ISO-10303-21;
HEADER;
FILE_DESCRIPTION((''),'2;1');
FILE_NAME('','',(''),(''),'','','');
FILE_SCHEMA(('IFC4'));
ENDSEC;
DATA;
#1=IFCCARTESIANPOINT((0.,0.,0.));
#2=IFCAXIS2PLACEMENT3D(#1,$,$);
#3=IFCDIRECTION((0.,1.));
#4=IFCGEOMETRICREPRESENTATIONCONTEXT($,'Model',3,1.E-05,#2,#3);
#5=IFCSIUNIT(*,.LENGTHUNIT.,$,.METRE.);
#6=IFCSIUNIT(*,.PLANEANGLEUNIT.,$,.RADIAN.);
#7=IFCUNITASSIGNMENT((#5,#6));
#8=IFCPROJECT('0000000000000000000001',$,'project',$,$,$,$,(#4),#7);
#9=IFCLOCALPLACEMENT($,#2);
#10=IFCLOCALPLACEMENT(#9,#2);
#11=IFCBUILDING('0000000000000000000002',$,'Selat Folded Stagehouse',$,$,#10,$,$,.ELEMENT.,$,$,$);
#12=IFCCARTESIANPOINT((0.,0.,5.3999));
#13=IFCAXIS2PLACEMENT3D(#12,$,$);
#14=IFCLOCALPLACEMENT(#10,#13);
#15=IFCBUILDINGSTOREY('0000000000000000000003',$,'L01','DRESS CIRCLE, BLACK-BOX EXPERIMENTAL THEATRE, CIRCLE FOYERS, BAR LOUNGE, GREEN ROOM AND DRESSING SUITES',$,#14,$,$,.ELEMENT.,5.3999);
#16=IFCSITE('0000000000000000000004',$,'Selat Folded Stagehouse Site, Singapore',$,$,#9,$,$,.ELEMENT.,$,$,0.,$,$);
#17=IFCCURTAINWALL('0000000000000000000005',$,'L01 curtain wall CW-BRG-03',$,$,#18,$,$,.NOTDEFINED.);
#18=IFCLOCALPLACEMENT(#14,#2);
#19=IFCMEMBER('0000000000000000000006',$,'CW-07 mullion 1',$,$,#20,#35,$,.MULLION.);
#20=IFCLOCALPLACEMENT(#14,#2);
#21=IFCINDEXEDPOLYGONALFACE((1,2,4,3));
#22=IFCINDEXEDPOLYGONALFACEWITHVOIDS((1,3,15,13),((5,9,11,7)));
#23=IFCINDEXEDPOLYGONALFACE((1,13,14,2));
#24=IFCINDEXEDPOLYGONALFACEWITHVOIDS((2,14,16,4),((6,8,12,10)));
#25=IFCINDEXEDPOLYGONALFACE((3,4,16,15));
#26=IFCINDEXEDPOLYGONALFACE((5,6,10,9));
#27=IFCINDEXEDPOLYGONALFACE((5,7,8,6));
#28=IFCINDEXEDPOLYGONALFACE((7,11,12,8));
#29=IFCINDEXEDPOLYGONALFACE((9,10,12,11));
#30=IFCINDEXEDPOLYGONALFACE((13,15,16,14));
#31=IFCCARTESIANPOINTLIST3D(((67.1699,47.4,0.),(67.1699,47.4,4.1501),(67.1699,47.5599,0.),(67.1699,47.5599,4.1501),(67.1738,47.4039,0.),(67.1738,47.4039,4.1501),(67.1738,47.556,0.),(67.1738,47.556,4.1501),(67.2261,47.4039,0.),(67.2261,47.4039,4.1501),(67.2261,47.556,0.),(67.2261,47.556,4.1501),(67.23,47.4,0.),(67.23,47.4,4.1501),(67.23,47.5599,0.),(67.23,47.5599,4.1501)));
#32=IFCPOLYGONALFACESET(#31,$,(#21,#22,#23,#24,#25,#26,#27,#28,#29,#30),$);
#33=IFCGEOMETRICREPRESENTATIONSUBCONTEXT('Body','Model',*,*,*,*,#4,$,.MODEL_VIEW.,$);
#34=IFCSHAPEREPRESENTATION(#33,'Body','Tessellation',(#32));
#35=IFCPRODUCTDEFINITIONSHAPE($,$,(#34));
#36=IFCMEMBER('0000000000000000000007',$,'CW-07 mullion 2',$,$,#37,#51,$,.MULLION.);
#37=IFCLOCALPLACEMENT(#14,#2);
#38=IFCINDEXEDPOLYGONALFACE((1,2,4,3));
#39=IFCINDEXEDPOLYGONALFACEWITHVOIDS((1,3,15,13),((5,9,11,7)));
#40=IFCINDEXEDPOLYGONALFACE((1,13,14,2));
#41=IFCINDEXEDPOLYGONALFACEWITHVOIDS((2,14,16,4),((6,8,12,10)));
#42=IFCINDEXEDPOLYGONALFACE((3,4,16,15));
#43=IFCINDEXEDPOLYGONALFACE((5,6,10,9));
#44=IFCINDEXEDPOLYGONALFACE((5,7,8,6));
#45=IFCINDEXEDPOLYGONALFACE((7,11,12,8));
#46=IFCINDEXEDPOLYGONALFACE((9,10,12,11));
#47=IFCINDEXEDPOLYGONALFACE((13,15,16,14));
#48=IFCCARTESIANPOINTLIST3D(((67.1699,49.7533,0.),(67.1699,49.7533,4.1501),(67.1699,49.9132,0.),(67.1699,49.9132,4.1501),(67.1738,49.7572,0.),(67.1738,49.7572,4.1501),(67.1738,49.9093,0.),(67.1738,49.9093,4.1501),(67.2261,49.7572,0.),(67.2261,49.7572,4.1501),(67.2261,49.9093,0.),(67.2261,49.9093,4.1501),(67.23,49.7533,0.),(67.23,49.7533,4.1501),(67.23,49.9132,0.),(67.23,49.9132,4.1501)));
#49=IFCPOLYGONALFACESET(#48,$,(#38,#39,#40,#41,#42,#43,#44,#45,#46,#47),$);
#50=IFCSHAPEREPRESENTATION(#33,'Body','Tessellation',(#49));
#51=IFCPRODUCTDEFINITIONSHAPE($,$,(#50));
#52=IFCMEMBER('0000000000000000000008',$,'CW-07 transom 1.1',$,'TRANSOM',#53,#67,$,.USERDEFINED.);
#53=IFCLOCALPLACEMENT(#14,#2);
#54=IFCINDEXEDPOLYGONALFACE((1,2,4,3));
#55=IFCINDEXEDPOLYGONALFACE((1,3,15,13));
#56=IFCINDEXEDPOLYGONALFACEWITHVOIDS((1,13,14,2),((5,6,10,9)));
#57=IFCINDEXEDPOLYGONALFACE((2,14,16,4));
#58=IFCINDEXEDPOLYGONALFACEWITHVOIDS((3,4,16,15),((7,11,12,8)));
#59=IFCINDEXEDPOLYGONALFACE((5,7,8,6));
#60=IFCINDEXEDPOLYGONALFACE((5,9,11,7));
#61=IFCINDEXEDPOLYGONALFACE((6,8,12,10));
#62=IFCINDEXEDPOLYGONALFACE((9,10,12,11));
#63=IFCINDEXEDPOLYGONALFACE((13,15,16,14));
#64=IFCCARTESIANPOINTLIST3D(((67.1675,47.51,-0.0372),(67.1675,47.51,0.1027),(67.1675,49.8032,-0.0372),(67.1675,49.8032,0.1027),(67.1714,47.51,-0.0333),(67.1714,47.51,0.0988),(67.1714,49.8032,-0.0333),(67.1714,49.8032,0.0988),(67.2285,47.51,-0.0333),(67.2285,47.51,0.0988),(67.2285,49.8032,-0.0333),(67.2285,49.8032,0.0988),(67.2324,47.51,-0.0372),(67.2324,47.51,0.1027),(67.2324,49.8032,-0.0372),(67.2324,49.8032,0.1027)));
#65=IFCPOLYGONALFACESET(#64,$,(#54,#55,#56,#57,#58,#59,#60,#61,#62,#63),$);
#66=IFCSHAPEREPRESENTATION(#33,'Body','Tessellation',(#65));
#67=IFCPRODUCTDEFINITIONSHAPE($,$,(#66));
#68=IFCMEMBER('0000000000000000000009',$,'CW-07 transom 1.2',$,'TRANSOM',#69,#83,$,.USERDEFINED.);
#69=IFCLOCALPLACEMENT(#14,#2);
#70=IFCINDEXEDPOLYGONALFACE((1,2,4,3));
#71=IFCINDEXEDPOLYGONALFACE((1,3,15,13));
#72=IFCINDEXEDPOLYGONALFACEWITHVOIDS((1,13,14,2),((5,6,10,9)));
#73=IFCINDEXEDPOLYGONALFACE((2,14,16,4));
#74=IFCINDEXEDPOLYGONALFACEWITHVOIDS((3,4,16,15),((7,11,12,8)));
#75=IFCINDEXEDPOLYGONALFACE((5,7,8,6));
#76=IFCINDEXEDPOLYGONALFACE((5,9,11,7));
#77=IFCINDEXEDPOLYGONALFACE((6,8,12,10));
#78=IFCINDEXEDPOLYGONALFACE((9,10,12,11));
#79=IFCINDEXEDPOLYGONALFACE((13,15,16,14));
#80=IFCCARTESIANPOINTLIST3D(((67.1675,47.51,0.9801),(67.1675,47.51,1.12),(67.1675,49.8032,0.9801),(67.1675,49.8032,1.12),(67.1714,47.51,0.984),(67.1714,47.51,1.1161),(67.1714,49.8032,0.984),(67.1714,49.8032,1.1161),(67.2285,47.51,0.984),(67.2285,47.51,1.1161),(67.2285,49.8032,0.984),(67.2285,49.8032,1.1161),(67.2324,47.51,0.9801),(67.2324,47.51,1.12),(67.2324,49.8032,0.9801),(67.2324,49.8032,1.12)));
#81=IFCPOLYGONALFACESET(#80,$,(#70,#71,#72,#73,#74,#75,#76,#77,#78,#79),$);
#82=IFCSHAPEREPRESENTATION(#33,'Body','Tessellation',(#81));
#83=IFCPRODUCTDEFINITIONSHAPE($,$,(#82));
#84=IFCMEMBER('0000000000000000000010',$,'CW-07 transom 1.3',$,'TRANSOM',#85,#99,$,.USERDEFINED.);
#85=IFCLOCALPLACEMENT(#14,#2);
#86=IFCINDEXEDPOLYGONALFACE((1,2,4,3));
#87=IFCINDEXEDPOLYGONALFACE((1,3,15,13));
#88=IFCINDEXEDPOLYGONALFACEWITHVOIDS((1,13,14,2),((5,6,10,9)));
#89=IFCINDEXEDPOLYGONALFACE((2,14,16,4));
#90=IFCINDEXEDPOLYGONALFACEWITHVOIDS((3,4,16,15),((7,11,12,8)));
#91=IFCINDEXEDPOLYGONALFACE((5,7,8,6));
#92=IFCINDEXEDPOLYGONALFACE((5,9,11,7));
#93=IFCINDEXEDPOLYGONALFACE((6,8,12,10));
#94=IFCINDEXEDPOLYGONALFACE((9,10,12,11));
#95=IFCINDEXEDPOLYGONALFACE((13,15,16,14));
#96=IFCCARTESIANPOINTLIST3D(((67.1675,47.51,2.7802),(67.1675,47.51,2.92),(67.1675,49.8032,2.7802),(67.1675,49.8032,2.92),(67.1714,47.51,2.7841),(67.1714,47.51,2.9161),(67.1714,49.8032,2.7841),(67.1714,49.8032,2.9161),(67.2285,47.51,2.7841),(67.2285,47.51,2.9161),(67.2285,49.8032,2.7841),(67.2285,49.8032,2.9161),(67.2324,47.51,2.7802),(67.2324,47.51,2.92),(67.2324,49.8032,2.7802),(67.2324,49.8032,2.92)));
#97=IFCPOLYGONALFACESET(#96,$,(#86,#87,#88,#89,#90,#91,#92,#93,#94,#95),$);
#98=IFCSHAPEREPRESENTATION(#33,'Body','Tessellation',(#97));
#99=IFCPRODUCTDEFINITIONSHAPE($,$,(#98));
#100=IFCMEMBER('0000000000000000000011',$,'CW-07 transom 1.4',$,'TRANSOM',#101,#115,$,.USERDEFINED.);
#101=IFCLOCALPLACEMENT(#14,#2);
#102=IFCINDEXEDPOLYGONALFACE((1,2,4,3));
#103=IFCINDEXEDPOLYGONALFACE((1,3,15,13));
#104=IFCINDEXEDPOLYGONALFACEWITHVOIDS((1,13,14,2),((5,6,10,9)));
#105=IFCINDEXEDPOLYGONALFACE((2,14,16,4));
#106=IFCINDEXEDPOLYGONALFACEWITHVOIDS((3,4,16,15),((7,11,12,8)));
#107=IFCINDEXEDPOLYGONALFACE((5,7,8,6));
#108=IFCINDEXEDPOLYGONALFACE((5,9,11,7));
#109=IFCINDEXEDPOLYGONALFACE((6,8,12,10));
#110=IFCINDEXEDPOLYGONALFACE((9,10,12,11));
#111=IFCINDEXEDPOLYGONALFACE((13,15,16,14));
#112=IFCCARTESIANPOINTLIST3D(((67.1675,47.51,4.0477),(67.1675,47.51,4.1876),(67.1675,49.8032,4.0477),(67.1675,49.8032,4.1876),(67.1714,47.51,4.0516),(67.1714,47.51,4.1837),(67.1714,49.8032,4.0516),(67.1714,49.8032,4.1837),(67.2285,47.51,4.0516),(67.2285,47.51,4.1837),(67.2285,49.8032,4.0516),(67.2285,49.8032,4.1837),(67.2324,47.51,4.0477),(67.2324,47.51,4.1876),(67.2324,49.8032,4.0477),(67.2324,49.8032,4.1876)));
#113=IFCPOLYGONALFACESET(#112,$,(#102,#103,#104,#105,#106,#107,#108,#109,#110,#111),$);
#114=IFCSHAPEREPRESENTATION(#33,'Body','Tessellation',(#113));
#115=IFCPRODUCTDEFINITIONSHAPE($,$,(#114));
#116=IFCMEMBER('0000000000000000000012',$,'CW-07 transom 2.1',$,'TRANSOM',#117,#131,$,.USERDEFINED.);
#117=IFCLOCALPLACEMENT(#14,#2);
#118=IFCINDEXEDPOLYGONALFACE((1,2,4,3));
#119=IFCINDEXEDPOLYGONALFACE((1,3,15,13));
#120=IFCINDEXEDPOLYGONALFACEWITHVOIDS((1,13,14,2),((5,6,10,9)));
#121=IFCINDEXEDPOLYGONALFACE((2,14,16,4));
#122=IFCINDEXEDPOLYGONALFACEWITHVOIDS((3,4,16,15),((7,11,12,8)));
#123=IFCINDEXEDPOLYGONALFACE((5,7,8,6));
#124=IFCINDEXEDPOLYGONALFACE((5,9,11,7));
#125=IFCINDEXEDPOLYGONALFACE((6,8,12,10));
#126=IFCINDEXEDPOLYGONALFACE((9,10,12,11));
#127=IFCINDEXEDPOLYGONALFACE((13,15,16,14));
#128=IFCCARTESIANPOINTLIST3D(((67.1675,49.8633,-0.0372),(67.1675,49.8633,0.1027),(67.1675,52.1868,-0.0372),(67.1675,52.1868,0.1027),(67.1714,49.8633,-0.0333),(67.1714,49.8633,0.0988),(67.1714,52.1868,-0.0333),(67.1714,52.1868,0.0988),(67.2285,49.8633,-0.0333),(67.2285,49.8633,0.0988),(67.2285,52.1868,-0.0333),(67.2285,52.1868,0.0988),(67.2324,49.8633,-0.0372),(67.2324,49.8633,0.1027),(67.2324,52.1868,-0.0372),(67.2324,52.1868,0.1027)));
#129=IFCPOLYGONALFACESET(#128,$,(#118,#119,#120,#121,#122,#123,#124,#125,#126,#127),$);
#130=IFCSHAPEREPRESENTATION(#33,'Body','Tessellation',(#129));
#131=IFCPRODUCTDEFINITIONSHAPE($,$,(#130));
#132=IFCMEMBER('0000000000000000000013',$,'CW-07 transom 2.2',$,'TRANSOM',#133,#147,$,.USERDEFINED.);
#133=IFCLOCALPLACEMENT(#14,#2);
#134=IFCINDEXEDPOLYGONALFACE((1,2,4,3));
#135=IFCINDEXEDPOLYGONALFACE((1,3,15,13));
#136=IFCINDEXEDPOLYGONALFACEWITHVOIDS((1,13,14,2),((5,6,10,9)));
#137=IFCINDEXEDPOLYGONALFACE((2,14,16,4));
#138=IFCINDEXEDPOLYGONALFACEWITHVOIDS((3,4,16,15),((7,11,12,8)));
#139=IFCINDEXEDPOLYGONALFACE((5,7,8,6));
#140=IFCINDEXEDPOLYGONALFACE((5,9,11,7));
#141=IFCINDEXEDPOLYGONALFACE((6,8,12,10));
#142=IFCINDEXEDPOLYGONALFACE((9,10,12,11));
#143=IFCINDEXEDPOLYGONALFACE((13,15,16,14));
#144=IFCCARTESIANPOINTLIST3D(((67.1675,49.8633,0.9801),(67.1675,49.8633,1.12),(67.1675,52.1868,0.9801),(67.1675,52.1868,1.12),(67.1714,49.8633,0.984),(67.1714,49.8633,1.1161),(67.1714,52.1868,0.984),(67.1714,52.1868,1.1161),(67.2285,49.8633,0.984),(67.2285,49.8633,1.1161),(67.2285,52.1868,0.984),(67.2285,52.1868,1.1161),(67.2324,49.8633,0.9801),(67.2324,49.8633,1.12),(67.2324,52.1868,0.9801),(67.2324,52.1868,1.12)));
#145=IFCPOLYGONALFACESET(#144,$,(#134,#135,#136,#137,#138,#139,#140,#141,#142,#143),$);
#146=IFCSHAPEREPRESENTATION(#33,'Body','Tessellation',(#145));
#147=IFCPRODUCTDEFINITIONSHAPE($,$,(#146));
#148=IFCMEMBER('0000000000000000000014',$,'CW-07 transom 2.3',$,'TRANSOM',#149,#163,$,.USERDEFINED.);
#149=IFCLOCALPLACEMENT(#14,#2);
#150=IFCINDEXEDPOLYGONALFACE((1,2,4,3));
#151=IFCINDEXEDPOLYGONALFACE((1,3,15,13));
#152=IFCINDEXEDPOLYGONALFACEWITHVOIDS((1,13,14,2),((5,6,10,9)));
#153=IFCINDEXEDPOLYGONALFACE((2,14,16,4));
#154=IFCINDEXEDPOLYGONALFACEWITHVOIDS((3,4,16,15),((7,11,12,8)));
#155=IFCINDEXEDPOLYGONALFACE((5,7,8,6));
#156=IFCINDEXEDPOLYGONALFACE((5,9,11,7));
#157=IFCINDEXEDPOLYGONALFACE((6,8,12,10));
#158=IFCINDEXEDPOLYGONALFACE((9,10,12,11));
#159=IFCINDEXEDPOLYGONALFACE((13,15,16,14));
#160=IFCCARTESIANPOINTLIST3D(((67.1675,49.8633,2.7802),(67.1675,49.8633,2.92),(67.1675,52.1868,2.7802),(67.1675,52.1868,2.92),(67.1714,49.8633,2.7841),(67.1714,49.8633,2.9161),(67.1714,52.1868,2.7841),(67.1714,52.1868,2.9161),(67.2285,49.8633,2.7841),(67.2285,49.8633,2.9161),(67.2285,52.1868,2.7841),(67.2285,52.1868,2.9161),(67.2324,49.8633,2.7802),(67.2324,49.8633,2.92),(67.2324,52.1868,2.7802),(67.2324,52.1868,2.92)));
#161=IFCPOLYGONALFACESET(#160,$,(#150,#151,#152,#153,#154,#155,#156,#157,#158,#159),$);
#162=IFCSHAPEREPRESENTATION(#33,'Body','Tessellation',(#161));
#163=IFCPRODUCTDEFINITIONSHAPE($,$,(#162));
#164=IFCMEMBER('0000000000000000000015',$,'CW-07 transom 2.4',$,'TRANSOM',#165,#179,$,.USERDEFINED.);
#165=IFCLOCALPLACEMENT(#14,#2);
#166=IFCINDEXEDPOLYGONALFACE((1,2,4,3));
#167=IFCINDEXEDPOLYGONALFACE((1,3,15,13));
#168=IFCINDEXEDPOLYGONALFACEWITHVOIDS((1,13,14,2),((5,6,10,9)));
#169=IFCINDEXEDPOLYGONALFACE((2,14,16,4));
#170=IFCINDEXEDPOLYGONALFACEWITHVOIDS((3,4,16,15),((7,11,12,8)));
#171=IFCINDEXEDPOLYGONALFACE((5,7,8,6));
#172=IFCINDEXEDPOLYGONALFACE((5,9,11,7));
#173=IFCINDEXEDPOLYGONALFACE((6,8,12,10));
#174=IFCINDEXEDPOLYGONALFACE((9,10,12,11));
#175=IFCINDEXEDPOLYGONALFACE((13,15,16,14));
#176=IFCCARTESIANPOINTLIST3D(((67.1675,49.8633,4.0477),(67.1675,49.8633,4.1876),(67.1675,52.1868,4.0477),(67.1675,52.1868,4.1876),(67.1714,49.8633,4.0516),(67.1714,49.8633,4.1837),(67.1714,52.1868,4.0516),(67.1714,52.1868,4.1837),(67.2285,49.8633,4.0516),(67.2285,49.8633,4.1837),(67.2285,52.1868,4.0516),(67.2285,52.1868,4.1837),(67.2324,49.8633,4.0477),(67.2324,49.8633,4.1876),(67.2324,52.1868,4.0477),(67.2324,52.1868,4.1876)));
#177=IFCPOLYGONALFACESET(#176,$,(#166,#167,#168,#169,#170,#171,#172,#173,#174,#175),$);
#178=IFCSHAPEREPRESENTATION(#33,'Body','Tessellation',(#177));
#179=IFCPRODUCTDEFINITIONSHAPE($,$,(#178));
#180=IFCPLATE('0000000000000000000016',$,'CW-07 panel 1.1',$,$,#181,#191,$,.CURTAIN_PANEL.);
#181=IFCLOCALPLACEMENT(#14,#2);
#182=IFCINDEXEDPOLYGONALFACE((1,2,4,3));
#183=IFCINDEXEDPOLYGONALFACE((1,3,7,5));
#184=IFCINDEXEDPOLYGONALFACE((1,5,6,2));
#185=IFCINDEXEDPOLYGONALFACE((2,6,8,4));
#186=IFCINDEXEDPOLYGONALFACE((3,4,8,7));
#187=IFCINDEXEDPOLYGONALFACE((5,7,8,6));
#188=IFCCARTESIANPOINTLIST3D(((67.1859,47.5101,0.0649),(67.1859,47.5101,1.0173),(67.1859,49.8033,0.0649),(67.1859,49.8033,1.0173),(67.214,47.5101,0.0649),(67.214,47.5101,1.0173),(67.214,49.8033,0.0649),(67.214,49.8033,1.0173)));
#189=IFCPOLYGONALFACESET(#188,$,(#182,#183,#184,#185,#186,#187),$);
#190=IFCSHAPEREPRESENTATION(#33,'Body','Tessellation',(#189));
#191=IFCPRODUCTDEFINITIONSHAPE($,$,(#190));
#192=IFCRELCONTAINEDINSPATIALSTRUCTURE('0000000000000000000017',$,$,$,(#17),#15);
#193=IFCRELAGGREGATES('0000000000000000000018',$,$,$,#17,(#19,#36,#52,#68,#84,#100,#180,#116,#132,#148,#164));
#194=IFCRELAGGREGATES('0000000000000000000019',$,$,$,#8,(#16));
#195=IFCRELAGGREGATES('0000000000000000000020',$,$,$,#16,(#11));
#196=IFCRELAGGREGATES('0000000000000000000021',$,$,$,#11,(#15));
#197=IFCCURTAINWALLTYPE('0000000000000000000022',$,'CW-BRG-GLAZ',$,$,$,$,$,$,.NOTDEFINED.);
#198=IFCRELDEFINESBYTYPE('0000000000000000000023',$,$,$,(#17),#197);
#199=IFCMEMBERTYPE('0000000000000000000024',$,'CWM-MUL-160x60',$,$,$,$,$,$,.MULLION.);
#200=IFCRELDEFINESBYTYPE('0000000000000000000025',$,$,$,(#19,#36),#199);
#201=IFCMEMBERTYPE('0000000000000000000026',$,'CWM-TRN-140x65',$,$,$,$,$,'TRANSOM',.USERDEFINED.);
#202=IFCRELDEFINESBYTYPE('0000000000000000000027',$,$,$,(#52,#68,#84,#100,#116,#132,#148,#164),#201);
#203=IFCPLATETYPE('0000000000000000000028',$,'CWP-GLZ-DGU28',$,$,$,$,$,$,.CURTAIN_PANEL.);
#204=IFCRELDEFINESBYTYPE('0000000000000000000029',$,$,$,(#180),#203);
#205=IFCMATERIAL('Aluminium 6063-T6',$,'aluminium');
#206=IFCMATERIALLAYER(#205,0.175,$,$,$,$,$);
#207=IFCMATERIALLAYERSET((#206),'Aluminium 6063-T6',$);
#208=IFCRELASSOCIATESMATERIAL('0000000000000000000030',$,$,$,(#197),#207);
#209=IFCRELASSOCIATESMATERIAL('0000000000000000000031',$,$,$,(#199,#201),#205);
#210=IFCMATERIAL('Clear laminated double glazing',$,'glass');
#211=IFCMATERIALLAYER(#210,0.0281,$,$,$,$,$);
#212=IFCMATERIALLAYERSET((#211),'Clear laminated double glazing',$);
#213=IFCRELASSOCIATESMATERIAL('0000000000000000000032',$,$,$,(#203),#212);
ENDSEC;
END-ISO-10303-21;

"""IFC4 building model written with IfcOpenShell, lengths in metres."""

from ifc_helpers import new_model, si_unit, direction, frame, origin, origin_2d, place, context, subcontext, project, spatial, rectangle, hollow_rectangle, extrude, material, layer, layer_set, material_profile, profile_set, type_object, element, aggregate, save


model = new_model("IFC4")

# Units and contexts
model_context = context("Model", 3, precision=1e-05, world=origin(), true_north=direction((0.0, 1.0)))
body_context = subcontext(model_context, "Body", "Model", "MODEL_VIEW")
ifc_project = project(units=[si_unit("LENGTHUNIT", "METRE"), si_unit("PLANEANGLEUNIT", "RADIAN")], contexts=[model_context])

# Site, building, storey
site_placement = place(None, origin())
site = spatial("IfcSite", under=ifc_project, at=site_placement, Name="Selat Folded Stagehouse Site, Singapore", CompositionType="ELEMENT", RefElevation=0.0)
building_placement = place(site_placement, origin())
building = spatial("IfcBuilding", under=site, at=building_placement, Name="Selat Folded Stagehouse", CompositionType="ELEMENT")
storey_placement = place(building_placement, frame((0.0, 0.0, 5.3999)))
storey = spatial("IfcBuildingStorey", under=building, at=storey_placement, Name="L01", Description="DRESS CIRCLE, BLACK-BOX EXPERIMENTAL THEATRE, CIRCLE FOYERS, BAR LOUNGE, GREEN ROOM AND DRESSING SUITES", CompositionType="ELEMENT", Elevation=5.3999)

# Curtain wall, members, plate
ifc_material_1 = material(Name="Aluminium 6063-T6", Category="aluminium")
ifc_layer_1 = layer(ifc_material_1, 0.175)
ifc_layer_set_1 = layer_set([ifc_layer_1], Name="Aluminium 6063-T6")
curtain_wall_type = type_object("IfcCurtainWallType", Name="CW-BRG-GLAZ", PredefinedType="NOTDEFINED", material=ifc_layer_set_1)
curtain_wall_placement = place(storey_placement, origin())
curtain_wall = element("IfcCurtainWall", 1, at=curtain_wall_placement, inside=storey, type_object=curtain_wall_type, Name="L01 curtain wall CW-BRG-03", PredefinedType="NOTDEFINED")
ifc_material_profile_1 = material_profile(ifc_material_1, hollow_rectangle(XDim=0.0601, YDim=0.1599, WallThickness=0.0039, at=origin_2d()), Name="ALU 160x60x4.0")
ifc_profile_set_1 = profile_set([ifc_material_profile_1], Name="Aluminium 6063-T6")
member_type_1 = type_object("IfcMemberType", Name="CWM-MUL-160x60", PredefinedType="MULLION", material=ifc_profile_set_1)
member_1_placement = place(storey_placement, frame((67.2, 47.48, 0.0), z_axis=(0.0, 0.0, 1.0), x_axis=(-1.0, 0.0, 0.0)))
member_1 = element("IfcMember", 2, at=member_1_placement, type_object=member_type_1, Name="CW-07 mullion 1", PredefinedType="MULLION", context=body_context, shape_type="SweptSolid", body=[
    extrude(hollow_rectangle(XDim=0.0601, YDim=0.1599, WallThickness=0.0039, at=origin_2d()), origin(), (0.0, 0.0, 1.0), 4.1501),
])
member_2_placement = place(storey_placement, frame((67.2, 49.8333, 0.0), z_axis=(0.0, 0.0, 1.0), x_axis=(-1.0, 0.0, 0.0)))
member_2 = element("IfcMember", 3, at=member_2_placement, type_object=member_type_1, Name="CW-07 mullion 2", PredefinedType="MULLION", context=body_context, shape_type="SweptSolid", body=[
    extrude(hollow_rectangle(XDim=0.0601, YDim=0.1599, WallThickness=0.0039, at=origin_2d()), origin(), (0.0, 0.0, 1.0), 4.1501),
])
ifc_material_profile_2 = material_profile(ifc_material_1, hollow_rectangle(XDim=0.0649, YDim=0.1399, WallThickness=0.0039, at=origin_2d()), Name="ALU 140x65x4.0")
ifc_profile_set_2 = profile_set([ifc_material_profile_2], Name="Aluminium 6063-T6")
member_type_2 = type_object("IfcMemberType", Name="CWM-TRN-140x65", ElementType="TRANSOM", PredefinedType="USERDEFINED", material=ifc_profile_set_2)
member_3_placement = place(storey_placement, frame((67.2, 47.51, 0.0327), z_axis=(0.0, 1.0, 0.0), x_axis=(-1.0, 0.0, 0.0)))
member_3 = element("IfcMember", 4, at=member_3_placement, type_object=member_type_2, Name="CW-07 transom 1.1", ObjectType="TRANSOM", PredefinedType="USERDEFINED", context=body_context, shape_type="SweptSolid", body=[
    extrude(hollow_rectangle(XDim=0.0649, YDim=0.1399, WallThickness=0.0039, at=origin_2d()), origin(), (0.0, 0.0, 1.0), 2.2932),
])
member_4_placement = place(storey_placement, frame((67.2, 47.51, 1.05), z_axis=(0.0, 1.0, 0.0), x_axis=(-1.0, 0.0, 0.0)))
member_4 = element("IfcMember", 5, at=member_4_placement, type_object=member_type_2, Name="CW-07 transom 1.2", ObjectType="TRANSOM", PredefinedType="USERDEFINED", context=body_context, shape_type="SweptSolid", body=[
    extrude(hollow_rectangle(XDim=0.0649, YDim=0.1399, WallThickness=0.0039, at=origin_2d()), origin(), (0.0, 0.0, 1.0), 2.2932),
])
member_5_placement = place(storey_placement, frame((67.2, 47.51, 2.8501), z_axis=(0.0, 1.0, 0.0), x_axis=(-1.0, 0.0, 0.0)))
member_5 = element("IfcMember", 6, at=member_5_placement, type_object=member_type_2, Name="CW-07 transom 1.3", ObjectType="TRANSOM", PredefinedType="USERDEFINED", context=body_context, shape_type="SweptSolid", body=[
    extrude(hollow_rectangle(XDim=0.0649, YDim=0.1399, WallThickness=0.0039, at=origin_2d()), origin(), (0.0, 0.0, 1.0), 2.2932),
])
member_6_placement = place(storey_placement, frame((67.2, 47.51, 4.1177), z_axis=(0.0, 1.0, 0.0), x_axis=(-1.0, 0.0, 0.0)))
member_6 = element("IfcMember", 7, at=member_6_placement, type_object=member_type_2, Name="CW-07 transom 1.4", ObjectType="TRANSOM", PredefinedType="USERDEFINED", context=body_context, shape_type="SweptSolid", body=[
    extrude(hollow_rectangle(XDim=0.0649, YDim=0.1399, WallThickness=0.0039, at=origin_2d()), origin(), (0.0, 0.0, 1.0), 2.2932),
])
member_7_placement = place(storey_placement, frame((67.2, 49.8633, 0.0327), z_axis=(0.0, 1.0, 0.0), x_axis=(-1.0, 0.0, 0.0)))
member_7 = element("IfcMember", 8, at=member_7_placement, type_object=member_type_2, Name="CW-07 transom 2.1", ObjectType="TRANSOM", PredefinedType="USERDEFINED", context=body_context, shape_type="SweptSolid", body=[
    extrude(hollow_rectangle(XDim=0.0649, YDim=0.1399, WallThickness=0.0039, at=origin_2d()), origin(), (0.0, 0.0, 1.0), 2.3235),
])
member_8_placement = place(storey_placement, frame((67.2, 49.8633, 1.05), z_axis=(0.0, 1.0, 0.0), x_axis=(-1.0, 0.0, 0.0)))
member_8 = element("IfcMember", 9, at=member_8_placement, type_object=member_type_2, Name="CW-07 transom 2.2", ObjectType="TRANSOM", PredefinedType="USERDEFINED", context=body_context, shape_type="SweptSolid", body=[
    extrude(hollow_rectangle(XDim=0.0649, YDim=0.1399, WallThickness=0.0039, at=origin_2d()), origin(), (0.0, 0.0, 1.0), 2.3235),
])
member_9_placement = place(storey_placement, frame((67.2, 49.8633, 2.8501), z_axis=(0.0, 1.0, 0.0), x_axis=(-1.0, 0.0, 0.0)))
member_9 = element("IfcMember", 10, at=member_9_placement, type_object=member_type_2, Name="CW-07 transom 2.3", ObjectType="TRANSOM", PredefinedType="USERDEFINED", context=body_context, shape_type="SweptSolid", body=[
    extrude(hollow_rectangle(XDim=0.0649, YDim=0.1399, WallThickness=0.0039, at=origin_2d()), origin(), (0.0, 0.0, 1.0), 2.3235),
])
member_10_placement = place(storey_placement, frame((67.2, 49.8633, 4.1177), z_axis=(0.0, 1.0, 0.0), x_axis=(-1.0, 0.0, 0.0)))
member_10 = element("IfcMember", 11, at=member_10_placement, type_object=member_type_2, Name="CW-07 transom 2.4", ObjectType="TRANSOM", PredefinedType="USERDEFINED", context=body_context, shape_type="SweptSolid", body=[
    extrude(hollow_rectangle(XDim=0.0649, YDim=0.1399, WallThickness=0.0039, at=origin_2d()), origin(), (0.0, 0.0, 1.0), 2.3235),
])
ifc_material_2 = material(Name="Clear laminated double glazing", Category="glass")
ifc_layer_2 = layer(ifc_material_2, 0.0281)
ifc_layer_set_2 = layer_set([ifc_layer_2], Name="Clear laminated double glazing")
plate_type = type_object("IfcPlateType", Name="CWP-GLZ-DGU28", PredefinedType="CURTAIN_PANEL", material=ifc_layer_set_2)
plate_1_placement = place(storey_placement, frame((67.2, 48.6567, 0.0649), z_axis=(0.0, 0.0, 1.0), x_axis=(0.0, 1.0, 0.0)))
plate_1 = element("IfcPlate", 12, at=plate_1_placement, type_object=plate_type, Name="CW-07 panel 1.1", PredefinedType="CURTAIN_PANEL", context=body_context, shape_type="SweptSolid", body=[
    extrude(rectangle(XDim=2.2932, YDim=0.0281, at=origin_2d()), origin(), (0.0, 0.0, 1.0), 0.9524),
])
aggregate(curtain_wall, [member_1, member_2, member_3, member_4, member_5, member_6, plate_1, member_7, member_8, member_9, member_10])

save(model, "model.ifc")
